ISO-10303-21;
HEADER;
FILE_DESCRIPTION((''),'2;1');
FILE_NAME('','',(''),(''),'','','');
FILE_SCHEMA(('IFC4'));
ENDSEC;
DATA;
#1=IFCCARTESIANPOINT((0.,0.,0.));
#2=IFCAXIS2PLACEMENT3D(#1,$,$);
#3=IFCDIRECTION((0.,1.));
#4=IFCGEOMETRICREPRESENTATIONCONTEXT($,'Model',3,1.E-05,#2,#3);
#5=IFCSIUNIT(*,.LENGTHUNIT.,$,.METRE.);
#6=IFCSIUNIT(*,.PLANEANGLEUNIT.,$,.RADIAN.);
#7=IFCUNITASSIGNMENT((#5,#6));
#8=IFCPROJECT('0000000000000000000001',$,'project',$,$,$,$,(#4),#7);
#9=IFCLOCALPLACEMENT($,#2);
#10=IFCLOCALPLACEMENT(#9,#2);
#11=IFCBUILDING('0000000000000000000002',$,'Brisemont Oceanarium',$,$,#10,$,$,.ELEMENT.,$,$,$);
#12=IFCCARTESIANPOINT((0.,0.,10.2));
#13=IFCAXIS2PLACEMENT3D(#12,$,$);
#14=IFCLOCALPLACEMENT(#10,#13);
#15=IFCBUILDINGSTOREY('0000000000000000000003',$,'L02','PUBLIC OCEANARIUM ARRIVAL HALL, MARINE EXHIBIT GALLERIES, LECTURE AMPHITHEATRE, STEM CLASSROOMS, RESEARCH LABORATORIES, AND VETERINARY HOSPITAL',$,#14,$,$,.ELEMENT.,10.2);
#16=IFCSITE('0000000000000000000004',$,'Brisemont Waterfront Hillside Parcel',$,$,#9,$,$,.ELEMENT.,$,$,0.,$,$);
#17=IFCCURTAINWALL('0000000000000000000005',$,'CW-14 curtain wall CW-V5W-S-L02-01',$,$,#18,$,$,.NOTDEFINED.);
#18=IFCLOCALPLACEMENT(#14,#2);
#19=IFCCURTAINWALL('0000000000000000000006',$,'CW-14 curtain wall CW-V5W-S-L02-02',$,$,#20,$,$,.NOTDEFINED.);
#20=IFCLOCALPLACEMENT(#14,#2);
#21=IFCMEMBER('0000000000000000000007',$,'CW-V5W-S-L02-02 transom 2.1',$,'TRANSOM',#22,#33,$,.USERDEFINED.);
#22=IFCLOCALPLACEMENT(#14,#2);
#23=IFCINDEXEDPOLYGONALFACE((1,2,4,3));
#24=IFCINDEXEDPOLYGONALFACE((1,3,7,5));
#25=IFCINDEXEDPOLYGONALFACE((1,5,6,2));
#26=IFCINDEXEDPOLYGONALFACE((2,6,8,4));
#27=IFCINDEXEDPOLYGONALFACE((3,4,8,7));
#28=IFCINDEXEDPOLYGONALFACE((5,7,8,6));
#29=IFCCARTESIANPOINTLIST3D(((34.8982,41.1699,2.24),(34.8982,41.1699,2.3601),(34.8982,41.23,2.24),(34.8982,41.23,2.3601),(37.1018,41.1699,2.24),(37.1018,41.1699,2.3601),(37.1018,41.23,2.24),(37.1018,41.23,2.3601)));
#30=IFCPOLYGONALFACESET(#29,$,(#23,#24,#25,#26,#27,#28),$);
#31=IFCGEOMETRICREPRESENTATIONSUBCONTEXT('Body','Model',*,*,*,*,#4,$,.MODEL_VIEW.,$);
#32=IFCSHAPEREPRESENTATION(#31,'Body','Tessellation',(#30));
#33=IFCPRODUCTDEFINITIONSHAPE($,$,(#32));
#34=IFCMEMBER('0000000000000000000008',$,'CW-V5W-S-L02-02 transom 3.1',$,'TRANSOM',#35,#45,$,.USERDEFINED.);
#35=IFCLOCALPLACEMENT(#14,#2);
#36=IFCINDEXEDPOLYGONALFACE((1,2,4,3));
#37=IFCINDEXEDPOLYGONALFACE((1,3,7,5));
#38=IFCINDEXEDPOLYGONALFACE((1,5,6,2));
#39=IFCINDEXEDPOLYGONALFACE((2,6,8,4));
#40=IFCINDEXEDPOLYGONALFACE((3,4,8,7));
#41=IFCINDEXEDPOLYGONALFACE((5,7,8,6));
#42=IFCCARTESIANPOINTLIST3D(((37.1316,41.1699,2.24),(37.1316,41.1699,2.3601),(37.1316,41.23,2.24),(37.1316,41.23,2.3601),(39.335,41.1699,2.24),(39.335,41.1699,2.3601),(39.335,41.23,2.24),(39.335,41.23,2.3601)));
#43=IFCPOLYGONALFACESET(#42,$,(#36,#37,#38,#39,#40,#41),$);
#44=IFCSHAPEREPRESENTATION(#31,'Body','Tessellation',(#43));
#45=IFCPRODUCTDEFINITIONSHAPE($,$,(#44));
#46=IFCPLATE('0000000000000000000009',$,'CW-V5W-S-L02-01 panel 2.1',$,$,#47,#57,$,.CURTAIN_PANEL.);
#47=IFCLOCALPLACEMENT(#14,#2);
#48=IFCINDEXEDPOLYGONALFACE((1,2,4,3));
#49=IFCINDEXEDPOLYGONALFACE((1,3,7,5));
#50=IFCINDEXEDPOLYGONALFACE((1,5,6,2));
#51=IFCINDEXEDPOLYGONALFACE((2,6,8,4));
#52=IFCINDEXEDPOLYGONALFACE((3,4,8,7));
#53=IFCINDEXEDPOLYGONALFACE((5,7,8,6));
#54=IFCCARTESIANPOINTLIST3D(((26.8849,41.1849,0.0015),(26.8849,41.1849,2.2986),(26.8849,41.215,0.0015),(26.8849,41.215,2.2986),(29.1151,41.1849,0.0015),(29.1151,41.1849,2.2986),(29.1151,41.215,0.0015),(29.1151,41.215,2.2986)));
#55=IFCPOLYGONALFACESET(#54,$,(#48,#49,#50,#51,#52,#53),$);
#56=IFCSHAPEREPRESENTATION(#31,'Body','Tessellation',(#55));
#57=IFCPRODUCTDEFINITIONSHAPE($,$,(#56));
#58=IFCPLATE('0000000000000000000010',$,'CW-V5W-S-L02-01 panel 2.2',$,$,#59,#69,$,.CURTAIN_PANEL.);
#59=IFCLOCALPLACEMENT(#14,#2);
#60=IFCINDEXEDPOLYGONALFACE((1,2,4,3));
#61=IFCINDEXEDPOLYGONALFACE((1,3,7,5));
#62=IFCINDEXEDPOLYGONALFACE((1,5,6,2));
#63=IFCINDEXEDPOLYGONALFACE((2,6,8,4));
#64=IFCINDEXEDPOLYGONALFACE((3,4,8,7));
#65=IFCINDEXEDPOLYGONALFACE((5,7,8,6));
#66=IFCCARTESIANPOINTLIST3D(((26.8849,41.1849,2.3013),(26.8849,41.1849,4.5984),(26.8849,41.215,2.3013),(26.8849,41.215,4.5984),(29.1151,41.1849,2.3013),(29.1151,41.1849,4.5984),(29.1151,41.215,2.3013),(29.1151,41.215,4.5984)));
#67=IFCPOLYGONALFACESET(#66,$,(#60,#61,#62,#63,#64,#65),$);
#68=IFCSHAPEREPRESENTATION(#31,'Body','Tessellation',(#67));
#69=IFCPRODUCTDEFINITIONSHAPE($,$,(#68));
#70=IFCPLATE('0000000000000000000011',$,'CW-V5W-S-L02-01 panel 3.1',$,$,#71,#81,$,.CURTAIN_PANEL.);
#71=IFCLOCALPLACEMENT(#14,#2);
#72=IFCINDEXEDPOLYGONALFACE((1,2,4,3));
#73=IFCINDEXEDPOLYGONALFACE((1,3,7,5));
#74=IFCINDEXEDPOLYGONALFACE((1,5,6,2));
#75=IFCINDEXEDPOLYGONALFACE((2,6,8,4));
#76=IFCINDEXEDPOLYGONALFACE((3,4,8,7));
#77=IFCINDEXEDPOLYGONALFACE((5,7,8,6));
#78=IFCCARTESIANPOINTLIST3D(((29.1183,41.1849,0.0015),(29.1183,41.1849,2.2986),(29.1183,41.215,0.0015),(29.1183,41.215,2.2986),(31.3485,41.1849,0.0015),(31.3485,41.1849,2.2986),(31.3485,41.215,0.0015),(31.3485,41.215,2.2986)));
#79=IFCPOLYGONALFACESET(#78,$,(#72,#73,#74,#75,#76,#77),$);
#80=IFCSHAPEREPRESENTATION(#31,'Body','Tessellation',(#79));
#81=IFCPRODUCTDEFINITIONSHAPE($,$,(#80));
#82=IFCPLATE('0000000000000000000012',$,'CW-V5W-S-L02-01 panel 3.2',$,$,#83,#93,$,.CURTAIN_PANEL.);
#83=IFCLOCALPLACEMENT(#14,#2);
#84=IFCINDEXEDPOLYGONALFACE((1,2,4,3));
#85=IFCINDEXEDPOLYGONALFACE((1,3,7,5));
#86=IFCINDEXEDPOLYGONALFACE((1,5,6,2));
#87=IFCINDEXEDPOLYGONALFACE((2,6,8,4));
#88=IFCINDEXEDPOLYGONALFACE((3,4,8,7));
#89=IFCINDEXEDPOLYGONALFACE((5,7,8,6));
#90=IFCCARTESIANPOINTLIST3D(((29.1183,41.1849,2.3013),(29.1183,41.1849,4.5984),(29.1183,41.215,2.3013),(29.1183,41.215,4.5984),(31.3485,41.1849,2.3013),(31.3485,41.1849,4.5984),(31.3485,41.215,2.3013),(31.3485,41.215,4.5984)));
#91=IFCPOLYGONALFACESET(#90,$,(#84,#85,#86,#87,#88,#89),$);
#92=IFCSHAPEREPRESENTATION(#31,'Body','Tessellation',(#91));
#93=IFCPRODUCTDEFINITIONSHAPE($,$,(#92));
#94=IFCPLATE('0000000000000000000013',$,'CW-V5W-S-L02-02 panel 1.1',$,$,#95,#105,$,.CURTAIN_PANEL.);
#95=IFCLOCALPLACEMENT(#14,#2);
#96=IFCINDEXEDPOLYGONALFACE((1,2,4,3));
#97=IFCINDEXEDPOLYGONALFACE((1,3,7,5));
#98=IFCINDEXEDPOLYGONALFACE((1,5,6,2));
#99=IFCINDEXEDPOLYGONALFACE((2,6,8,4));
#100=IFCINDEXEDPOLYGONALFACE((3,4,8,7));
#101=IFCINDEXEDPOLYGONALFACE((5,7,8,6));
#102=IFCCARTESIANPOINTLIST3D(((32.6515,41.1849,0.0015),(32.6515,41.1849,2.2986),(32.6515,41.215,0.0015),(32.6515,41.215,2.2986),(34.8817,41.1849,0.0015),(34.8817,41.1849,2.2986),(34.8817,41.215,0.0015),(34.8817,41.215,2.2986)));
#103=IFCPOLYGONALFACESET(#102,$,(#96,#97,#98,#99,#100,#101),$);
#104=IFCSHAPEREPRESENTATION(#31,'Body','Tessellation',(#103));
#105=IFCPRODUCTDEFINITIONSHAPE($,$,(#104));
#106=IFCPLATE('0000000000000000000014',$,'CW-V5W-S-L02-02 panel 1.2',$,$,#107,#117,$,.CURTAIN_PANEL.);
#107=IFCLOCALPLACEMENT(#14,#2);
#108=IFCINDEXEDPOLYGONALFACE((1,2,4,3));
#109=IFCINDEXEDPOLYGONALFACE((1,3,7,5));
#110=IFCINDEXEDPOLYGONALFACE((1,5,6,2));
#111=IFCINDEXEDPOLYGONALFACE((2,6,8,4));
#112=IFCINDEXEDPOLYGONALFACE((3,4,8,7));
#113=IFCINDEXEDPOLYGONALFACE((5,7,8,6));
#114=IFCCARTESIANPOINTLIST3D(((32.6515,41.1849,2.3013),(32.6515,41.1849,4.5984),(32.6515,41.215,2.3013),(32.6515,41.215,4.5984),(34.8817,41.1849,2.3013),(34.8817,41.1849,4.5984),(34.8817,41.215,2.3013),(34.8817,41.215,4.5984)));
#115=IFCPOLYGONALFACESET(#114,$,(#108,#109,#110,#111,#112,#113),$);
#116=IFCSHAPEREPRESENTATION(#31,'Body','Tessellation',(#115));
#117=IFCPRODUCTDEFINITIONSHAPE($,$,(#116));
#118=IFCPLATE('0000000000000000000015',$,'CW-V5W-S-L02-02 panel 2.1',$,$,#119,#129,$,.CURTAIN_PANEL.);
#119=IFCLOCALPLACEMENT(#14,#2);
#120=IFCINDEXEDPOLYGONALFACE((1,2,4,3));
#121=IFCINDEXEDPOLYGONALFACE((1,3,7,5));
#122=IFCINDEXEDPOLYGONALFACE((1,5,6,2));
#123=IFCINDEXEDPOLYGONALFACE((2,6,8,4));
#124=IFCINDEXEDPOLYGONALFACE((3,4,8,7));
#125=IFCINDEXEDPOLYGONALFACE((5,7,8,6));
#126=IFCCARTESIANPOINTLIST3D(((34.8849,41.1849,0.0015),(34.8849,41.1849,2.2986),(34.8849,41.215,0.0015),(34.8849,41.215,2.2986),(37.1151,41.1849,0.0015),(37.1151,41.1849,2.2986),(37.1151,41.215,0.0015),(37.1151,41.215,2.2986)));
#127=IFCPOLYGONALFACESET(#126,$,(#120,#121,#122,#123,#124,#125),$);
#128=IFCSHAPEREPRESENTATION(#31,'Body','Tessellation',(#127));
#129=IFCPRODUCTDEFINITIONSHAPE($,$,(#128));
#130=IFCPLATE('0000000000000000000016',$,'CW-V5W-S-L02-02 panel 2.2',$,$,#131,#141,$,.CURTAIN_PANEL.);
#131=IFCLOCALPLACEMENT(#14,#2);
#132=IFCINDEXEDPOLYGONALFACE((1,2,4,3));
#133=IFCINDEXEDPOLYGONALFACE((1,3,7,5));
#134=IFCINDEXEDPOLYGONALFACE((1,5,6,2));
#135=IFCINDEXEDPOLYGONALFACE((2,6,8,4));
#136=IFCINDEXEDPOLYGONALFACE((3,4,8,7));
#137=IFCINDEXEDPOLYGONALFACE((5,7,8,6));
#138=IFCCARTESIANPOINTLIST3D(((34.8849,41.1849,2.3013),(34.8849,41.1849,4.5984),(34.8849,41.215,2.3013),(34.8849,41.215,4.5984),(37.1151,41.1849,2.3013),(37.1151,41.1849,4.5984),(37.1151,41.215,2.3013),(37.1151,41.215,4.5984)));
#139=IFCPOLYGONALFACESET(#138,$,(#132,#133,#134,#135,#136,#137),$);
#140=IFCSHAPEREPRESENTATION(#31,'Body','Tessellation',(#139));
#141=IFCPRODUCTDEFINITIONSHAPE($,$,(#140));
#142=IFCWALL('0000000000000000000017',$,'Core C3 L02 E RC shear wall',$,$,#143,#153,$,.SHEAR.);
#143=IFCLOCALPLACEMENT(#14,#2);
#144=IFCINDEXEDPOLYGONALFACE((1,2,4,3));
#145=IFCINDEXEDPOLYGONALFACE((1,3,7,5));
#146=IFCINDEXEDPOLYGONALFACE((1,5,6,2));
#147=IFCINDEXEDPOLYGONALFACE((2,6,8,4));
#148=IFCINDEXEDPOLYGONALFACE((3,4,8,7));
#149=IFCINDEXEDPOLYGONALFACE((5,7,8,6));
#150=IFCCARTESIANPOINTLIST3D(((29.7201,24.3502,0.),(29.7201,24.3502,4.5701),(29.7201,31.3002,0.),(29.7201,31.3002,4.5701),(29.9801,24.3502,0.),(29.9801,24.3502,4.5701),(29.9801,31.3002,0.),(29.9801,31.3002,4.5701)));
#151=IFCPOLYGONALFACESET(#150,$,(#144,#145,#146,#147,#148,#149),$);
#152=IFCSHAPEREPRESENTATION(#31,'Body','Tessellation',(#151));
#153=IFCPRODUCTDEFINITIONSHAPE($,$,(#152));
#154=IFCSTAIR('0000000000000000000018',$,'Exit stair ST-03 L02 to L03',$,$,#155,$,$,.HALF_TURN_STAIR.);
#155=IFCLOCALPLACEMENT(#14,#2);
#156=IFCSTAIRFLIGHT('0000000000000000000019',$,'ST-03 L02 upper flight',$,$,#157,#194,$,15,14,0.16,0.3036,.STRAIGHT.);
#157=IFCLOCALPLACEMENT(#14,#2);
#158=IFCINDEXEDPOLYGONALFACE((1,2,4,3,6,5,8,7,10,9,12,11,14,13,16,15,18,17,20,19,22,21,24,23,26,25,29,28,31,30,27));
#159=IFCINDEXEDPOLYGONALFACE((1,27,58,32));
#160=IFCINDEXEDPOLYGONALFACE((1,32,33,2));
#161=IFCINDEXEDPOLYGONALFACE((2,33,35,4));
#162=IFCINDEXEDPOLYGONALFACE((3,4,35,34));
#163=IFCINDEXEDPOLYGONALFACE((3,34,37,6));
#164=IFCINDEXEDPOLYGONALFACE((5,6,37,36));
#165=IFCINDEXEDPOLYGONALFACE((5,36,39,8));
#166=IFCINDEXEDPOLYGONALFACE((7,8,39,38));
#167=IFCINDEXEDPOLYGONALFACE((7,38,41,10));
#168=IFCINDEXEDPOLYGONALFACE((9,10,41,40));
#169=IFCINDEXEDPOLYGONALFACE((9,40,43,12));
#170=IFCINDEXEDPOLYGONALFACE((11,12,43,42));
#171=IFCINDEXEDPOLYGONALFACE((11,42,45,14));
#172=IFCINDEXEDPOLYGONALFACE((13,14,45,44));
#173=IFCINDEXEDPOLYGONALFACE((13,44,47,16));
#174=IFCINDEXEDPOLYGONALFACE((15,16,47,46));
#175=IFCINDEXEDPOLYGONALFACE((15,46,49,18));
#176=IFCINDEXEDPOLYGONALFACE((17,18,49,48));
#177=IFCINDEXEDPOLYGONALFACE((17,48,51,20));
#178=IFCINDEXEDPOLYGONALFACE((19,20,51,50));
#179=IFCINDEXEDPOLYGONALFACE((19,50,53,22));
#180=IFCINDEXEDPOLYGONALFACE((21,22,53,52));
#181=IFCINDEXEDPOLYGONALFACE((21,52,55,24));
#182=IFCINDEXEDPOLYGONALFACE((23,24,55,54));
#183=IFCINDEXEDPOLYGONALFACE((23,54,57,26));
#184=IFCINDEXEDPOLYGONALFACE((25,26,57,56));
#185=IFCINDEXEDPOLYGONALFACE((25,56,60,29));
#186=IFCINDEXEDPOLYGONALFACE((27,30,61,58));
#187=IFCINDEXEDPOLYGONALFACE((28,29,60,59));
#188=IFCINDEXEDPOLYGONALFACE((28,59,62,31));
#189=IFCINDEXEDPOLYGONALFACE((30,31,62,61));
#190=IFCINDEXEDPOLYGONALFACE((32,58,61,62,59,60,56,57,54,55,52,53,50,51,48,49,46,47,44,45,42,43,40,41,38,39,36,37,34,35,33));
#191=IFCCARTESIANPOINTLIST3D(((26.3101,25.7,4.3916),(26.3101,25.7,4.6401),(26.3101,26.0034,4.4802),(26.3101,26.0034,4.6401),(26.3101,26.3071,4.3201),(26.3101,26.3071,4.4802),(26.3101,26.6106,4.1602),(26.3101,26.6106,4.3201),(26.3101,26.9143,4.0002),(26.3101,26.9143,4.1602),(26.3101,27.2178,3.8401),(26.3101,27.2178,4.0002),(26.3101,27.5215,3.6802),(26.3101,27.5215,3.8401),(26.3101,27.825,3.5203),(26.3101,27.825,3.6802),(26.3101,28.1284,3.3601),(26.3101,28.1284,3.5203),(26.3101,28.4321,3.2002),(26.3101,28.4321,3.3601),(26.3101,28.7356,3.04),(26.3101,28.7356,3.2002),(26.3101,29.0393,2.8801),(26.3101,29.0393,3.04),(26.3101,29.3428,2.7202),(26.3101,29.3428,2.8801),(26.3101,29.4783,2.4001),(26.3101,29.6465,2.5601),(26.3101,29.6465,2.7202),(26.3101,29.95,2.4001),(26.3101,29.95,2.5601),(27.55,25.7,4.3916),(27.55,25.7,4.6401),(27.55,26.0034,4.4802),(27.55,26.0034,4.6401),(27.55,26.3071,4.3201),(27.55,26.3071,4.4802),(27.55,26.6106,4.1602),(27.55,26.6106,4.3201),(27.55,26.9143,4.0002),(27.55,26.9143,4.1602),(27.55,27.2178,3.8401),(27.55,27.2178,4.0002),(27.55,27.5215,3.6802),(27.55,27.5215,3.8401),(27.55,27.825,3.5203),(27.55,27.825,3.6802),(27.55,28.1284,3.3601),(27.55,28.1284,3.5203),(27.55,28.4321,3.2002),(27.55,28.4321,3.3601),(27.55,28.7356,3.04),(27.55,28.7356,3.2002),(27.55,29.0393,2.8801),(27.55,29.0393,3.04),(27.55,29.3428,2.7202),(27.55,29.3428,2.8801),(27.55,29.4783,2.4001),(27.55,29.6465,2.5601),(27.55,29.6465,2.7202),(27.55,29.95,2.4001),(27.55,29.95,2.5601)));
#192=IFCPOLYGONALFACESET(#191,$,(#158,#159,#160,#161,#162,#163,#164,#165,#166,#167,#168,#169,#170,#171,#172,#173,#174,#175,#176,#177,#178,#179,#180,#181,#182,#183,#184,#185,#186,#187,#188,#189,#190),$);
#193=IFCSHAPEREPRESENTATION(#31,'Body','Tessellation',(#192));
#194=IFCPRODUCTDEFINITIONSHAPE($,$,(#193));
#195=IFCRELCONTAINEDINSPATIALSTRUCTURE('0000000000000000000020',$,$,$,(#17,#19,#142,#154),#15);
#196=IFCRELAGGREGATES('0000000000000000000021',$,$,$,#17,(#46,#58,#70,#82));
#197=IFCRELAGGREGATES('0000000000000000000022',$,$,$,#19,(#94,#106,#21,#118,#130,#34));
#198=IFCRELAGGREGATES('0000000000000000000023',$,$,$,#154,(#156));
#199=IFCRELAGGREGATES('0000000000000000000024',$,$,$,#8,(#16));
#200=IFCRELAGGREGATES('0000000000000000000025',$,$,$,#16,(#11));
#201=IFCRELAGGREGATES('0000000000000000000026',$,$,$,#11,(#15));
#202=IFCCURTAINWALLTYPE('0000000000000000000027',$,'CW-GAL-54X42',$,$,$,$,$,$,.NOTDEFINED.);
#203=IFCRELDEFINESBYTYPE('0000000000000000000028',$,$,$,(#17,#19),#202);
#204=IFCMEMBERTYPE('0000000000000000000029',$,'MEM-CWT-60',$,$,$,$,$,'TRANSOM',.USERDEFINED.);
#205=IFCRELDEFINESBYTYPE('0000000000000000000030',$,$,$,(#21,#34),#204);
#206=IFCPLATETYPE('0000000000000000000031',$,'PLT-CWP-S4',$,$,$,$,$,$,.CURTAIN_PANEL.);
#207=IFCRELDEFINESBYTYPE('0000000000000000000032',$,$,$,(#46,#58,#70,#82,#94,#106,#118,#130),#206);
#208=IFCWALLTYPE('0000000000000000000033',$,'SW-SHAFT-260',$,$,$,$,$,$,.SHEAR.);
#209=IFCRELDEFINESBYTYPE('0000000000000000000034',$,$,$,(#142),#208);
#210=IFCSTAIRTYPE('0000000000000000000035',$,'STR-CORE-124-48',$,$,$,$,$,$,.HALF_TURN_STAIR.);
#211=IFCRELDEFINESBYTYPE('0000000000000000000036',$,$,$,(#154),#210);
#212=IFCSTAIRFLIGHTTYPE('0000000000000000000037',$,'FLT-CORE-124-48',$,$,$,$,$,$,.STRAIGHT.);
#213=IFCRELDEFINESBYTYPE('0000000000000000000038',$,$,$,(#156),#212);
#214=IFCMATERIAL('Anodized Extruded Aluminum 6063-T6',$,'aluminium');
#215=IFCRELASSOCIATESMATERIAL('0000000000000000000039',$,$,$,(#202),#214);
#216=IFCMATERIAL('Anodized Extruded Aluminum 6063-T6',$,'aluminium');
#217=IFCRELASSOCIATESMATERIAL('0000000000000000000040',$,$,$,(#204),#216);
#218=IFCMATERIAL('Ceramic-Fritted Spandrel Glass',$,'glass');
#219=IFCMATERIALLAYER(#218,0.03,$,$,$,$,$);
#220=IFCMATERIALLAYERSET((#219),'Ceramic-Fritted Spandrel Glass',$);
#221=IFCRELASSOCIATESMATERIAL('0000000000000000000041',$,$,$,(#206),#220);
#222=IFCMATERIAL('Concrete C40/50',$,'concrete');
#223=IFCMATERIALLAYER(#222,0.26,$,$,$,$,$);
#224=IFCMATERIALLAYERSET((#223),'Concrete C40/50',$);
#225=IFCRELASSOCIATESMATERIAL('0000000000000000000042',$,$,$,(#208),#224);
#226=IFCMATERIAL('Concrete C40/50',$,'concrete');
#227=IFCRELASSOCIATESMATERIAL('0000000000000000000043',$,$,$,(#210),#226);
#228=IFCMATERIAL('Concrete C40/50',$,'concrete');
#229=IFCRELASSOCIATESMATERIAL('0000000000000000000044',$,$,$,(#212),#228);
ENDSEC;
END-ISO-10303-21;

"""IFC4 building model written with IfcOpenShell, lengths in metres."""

from ifc_helpers import new_model, si_unit, direction, frame, frame_2d, origin, origin_2d, place, context, subcontext, project, spatial, polyline, rectangle, outline, extrude, material, layer, layer_set, material_profile, profile_set, type_object, element, aggregate, save


model = new_model("IFC4")

# Units and contexts
model_context = context("Model", 3, precision=1e-05, world=origin(), true_north=direction((0.0, 1.0)))
body_context = subcontext(model_context, "Body", "Model", "MODEL_VIEW")
ifc_project = project(units=[si_unit("LENGTHUNIT", "METRE"), si_unit("PLANEANGLEUNIT", "RADIAN")], contexts=[model_context])

# Site, building, storey
site_placement = place(None, origin())
site = spatial("IfcSite", under=ifc_project, at=site_placement, Name="Brisemont Waterfront Hillside Parcel", CompositionType="ELEMENT", RefElevation=0.0)
building_placement = place(site_placement, origin())
building = spatial("IfcBuilding", under=site, at=building_placement, Name="Brisemont Oceanarium", CompositionType="ELEMENT")
storey_placement = place(building_placement, frame((0.0, 0.0, 10.2)))
storey = spatial("IfcBuildingStorey", under=building, at=storey_placement, Name="L02", Description="PUBLIC OCEANARIUM ARRIVAL HALL, MARINE EXHIBIT GALLERIES, LECTURE AMPHITHEATRE, STEM CLASSROOMS, RESEARCH LABORATORIES, AND VETERINARY HOSPITAL", CompositionType="ELEMENT", Elevation=10.2)

# Curtain walls
ifc_material_1 = material(Name="Anodized Extruded Aluminum 6063-T6", Category="aluminium")
curtain_wall_type = type_object("IfcCurtainWallType", Name="CW-GAL-54X42", PredefinedType="NOTDEFINED", material=ifc_material_1)
curtain_wall_1_placement = place(storey_placement, origin())
curtain_wall_1 = element("IfcCurtainWall", 1, at=curtain_wall_1_placement, inside=storey, type_object=curtain_wall_type, Name="CW-14 curtain wall CW-V5W-S-L02-01", PredefinedType="NOTDEFINED")
curtain_wall_2_placement = place(storey_placement, origin())
curtain_wall_2 = element("IfcCurtainWall", 2, at=curtain_wall_2_placement, inside=storey, type_object=curtain_wall_type, Name="CW-14 curtain wall CW-V5W-S-L02-02", PredefinedType="NOTDEFINED")

# Members
ifc_material_2 = material(Name="Anodized Extruded Aluminum 6063-T6", Category="aluminium")
ifc_material_profile_1 = material_profile(ifc_material_2, rectangle(XDim=0.0601, YDim=0.1201, at=origin_2d()), Name="CWT-60X120")
ifc_profile_set_1 = profile_set([ifc_material_profile_1], Name="Anodized Extruded Aluminum 6063-T6")
member_type_1 = type_object("IfcMemberType", Name="MEM-CWT-60", ElementType="TRANSOM", PredefinedType="USERDEFINED", material=ifc_profile_set_1)
member_1_placement = place(storey_placement, frame((34.8982, 41.2, 2.3), z_axis=(1.0, 0.0, 0.0), x_axis=(0.0, 1.0, 0.0)))
member_1 = element("IfcMember", 3, at=member_1_placement, type_object=member_type_1, Name="CW-V5W-S-L02-02 transom 2.1", ObjectType="TRANSOM", PredefinedType="USERDEFINED", context=body_context, shape_type="SweptSolid", body=[
    extrude(rectangle(XDim=0.0601, YDim=0.1201, at=origin_2d()), origin(), (0.0, 0.0, 1.0), 2.2036),
])
member_2_placement = place(storey_placement, frame((37.1316, 41.2, 2.3), z_axis=(1.0, 0.0, 0.0), x_axis=(0.0, 1.0, 0.0)))
member_2 = element("IfcMember", 4, at=member_2_placement, type_object=member_type_1, Name="CW-V5W-S-L02-02 transom 3.1", ObjectType="TRANSOM", PredefinedType="USERDEFINED", context=body_context, shape_type="SweptSolid", body=[
    extrude(rectangle(XDim=0.0601, YDim=0.1201, at=origin_2d()), origin(), (0.0, 0.0, 1.0), 2.2034),
])

# Plates
ifc_material_3 = material(Name="Ceramic-Fritted Spandrel Glass", Category="glass")
ifc_layer_1 = layer(ifc_material_3, 0.03)
ifc_layer_set_1 = layer_set([ifc_layer_1], Name="Ceramic-Fritted Spandrel Glass")
plate_type = type_object("IfcPlateType", Name="PLT-CWP-S4", PredefinedType="CURTAIN_PANEL", material=ifc_layer_set_1)
plate_1_placement = place(storey_placement, frame((28.0, 41.2, 0.0015), z_axis=(0.0, 0.0, 1.0), x_axis=(1.0, 0.0, 0.0)))
plate_1 = element("IfcPlate", 5, at=plate_1_placement, type_object=plate_type, Name="CW-V5W-S-L02-01 panel 2.1", PredefinedType="CURTAIN_PANEL", context=body_context, shape_type="SweptSolid", body=[
    extrude(rectangle(XDim=2.2302, YDim=0.03, at=origin_2d()), origin(), (0.0, 0.0, 1.0), 2.2971),
])
plate_2_placement = place(storey_placement, frame((28.0, 41.2, 2.3013), z_axis=(0.0, 0.0, 1.0), x_axis=(1.0, 0.0, 0.0)))
plate_2 = element("IfcPlate", 6, at=plate_2_placement, type_object=plate_type, Name="CW-V5W-S-L02-01 panel 2.2", PredefinedType="CURTAIN_PANEL", context=body_context, shape_type="SweptSolid", body=[
    extrude(rectangle(XDim=2.2302, YDim=0.03, at=origin_2d()), origin(), (0.0, 0.0, 1.0), 2.2971),
])
plate_3_placement = place(storey_placement, frame((30.2334, 41.2, 0.0015), z_axis=(0.0, 0.0, 1.0), x_axis=(1.0, 0.0, 0.0)))
plate_3 = element("IfcPlate", 7, at=plate_3_placement, type_object=plate_type, Name="CW-V5W-S-L02-01 panel 3.1", PredefinedType="CURTAIN_PANEL", context=body_context, shape_type="SweptSolid", body=[
    extrude(rectangle(XDim=2.2302, YDim=0.03, at=origin_2d()), origin(), (0.0, 0.0, 1.0), 2.2971),
])
plate_4_placement = place(storey_placement, frame((30.2334, 41.2, 2.3013), z_axis=(0.0, 0.0, 1.0), x_axis=(1.0, 0.0, 0.0)))
plate_4 = element("IfcPlate", 8, at=plate_4_placement, type_object=plate_type, Name="CW-V5W-S-L02-01 panel 3.2", PredefinedType="CURTAIN_PANEL", context=body_context, shape_type="SweptSolid", body=[
    extrude(rectangle(XDim=2.2302, YDim=0.03, at=origin_2d()), origin(), (0.0, 0.0, 1.0), 2.2971),
])
aggregate(curtain_wall_1, [plate_1, plate_2, plate_3, plate_4])
plate_5_placement = place(storey_placement, frame((33.7666, 41.2, 0.0015), z_axis=(0.0, 0.0, 1.0), x_axis=(1.0, 0.0, 0.0)))
plate_5 = element("IfcPlate", 9, at=plate_5_placement, type_object=plate_type, Name="CW-V5W-S-L02-02 panel 1.1", PredefinedType="CURTAIN_PANEL", context=body_context, shape_type="SweptSolid", body=[
    extrude(rectangle(XDim=2.2302, YDim=0.03, at=origin_2d()), origin(), (0.0, 0.0, 1.0), 2.2971),
])
plate_6_placement = place(storey_placement, frame((33.7666, 41.2, 2.3013), z_axis=(0.0, 0.0, 1.0), x_axis=(1.0, 0.0, 0.0)))
plate_6 = element("IfcPlate", 10, at=plate_6_placement, type_object=plate_type, Name="CW-V5W-S-L02-02 panel 1.2", PredefinedType="CURTAIN_PANEL", context=body_context, shape_type="SweptSolid", body=[
    extrude(rectangle(XDim=2.2302, YDim=0.03, at=origin_2d()), origin(), (0.0, 0.0, 1.0), 2.2971),
])
plate_7_placement = place(storey_placement, frame((36.0, 41.2, 0.0015), z_axis=(0.0, 0.0, 1.0), x_axis=(1.0, 0.0, 0.0)))
plate_7 = element("IfcPlate", 11, at=plate_7_placement, type_object=plate_type, Name="CW-V5W-S-L02-02 panel 2.1", PredefinedType="CURTAIN_PANEL", context=body_context, shape_type="SweptSolid", body=[
    extrude(rectangle(XDim=2.2302, YDim=0.03, at=origin_2d()), origin(), (0.0, 0.0, 1.0), 2.2971),
])
plate_8_placement = place(storey_placement, frame((36.0, 41.2, 2.3013), z_axis=(0.0, 0.0, 1.0), x_axis=(1.0, 0.0, 0.0)))
plate_8 = element("IfcPlate", 12, at=plate_8_placement, type_object=plate_type, Name="CW-V5W-S-L02-02 panel 2.2", PredefinedType="CURTAIN_PANEL", context=body_context, shape_type="SweptSolid", body=[
    extrude(rectangle(XDim=2.2302, YDim=0.03, at=origin_2d()), origin(), (0.0, 0.0, 1.0), 2.2971),
])
aggregate(curtain_wall_2, [plate_5, plate_6, member_1, plate_7, plate_8, member_2])

# Wall
ifc_material_4 = material(Name="Concrete C40/50", Category="concrete")
ifc_layer_2 = layer(ifc_material_4, 0.26)
ifc_layer_set_2 = layer_set([ifc_layer_2], Name="Concrete C40/50")
wall_type_1 = type_object("IfcWallType", Name="SW-SHAFT-260", PredefinedType="SHEAR", material=ifc_layer_set_2)
wall_1_placement = place(storey_placement, frame((29.8501, 24.3501, 0.0), z_axis=(0.0, 0.0, 1.0), x_axis=(0.0, 1.0, 0.0)))
element("IfcWall", 13, at=wall_1_placement, inside=storey, type_object=wall_type_1, Name="Core C3 L02 E RC shear wall", PredefinedType="SHEAR", context=body_context, shape_type="SweptSolid", body=[
    extrude(rectangle(XDim=6.95, YDim=0.26, at=frame_2d((3.4751, 0.0))), origin(), (0.0, 0.0, 1.0), 4.5701),
])

# Stair, stair flight
ifc_material_5 = material(Name="Concrete C40/50", Category="concrete")
stair_type = type_object("IfcStairType", Name="STR-CORE-124-48", PredefinedType="HALF_TURN_STAIR", material=ifc_material_5)
stair_placement = place(storey_placement, origin())
stair = element("IfcStair", 14, at=stair_placement, inside=storey, type_object=stair_type, Name="Exit stair ST-03 L02 to L03", PredefinedType="HALF_TURN_STAIR")
ifc_material_6 = material(Name="Concrete C40/50", Category="concrete")
stair_flight_type = type_object("IfcStairFlightType", Name="FLT-CORE-124-48", PredefinedType="STRAIGHT", material=ifc_material_6)
stair_flight_placement = place(storey_placement, frame((26.9299, 29.95, 2.4001), z_axis=(0.0, 0.0, 1.0), x_axis=(0.0, -1.0, 0.0)))
stair_flight = element("IfcStairFlight", 15, at=stair_flight_placement, type_object=stair_flight_type, Name="ST-03 L02 upper flight", NumberOfRisers=15, NumberOfTreads=14, PredefinedType="STRAIGHT", RiserHeight=0.16, TreadLength=0.3036, context=body_context, shape_type="SweptSolid", body=[
    extrude(outline(polyline([(0.0, 0.0), (0.0, 0.1599), (0.3035, 0.1599), (0.3035, 0.3201), (0.6072, 0.3201), (0.6072, 0.48), (0.9106, 0.48), (0.9106, 0.6399), (1.2144, 0.6399), (1.2144, 0.8), (1.5178, 0.8), (1.5178, 0.96), (1.8215, 0.96), (1.8215, 1.1201), (2.125, 1.1201), (2.125, 1.28), (2.4285, 1.28), (2.4285, 1.4399), (2.7322, 1.4399), (2.7322, 1.6001), (3.0356, 1.6001), (3.0356, 1.76), (3.3394, 1.76), (3.3394, 1.9199), (3.6428, 1.9199), (3.6428, 2.0801), (3.9465, 2.0801), (3.9465, 2.24), (4.25, 2.24), (4.25, 2.3999), (4.25, 1.9915), (0.4717, 0.0), (0.0, 0.0)])), frame((0.0, 0.6201, 0.0), z_axis=(0.0, -1.0, 0.0), x_axis=(1.0, 0.0, 0.0)), (0.0, 0.0, 1.0), 1.24),
])
aggregate(stair, [stair_flight])

save(model, "model.ifc")
